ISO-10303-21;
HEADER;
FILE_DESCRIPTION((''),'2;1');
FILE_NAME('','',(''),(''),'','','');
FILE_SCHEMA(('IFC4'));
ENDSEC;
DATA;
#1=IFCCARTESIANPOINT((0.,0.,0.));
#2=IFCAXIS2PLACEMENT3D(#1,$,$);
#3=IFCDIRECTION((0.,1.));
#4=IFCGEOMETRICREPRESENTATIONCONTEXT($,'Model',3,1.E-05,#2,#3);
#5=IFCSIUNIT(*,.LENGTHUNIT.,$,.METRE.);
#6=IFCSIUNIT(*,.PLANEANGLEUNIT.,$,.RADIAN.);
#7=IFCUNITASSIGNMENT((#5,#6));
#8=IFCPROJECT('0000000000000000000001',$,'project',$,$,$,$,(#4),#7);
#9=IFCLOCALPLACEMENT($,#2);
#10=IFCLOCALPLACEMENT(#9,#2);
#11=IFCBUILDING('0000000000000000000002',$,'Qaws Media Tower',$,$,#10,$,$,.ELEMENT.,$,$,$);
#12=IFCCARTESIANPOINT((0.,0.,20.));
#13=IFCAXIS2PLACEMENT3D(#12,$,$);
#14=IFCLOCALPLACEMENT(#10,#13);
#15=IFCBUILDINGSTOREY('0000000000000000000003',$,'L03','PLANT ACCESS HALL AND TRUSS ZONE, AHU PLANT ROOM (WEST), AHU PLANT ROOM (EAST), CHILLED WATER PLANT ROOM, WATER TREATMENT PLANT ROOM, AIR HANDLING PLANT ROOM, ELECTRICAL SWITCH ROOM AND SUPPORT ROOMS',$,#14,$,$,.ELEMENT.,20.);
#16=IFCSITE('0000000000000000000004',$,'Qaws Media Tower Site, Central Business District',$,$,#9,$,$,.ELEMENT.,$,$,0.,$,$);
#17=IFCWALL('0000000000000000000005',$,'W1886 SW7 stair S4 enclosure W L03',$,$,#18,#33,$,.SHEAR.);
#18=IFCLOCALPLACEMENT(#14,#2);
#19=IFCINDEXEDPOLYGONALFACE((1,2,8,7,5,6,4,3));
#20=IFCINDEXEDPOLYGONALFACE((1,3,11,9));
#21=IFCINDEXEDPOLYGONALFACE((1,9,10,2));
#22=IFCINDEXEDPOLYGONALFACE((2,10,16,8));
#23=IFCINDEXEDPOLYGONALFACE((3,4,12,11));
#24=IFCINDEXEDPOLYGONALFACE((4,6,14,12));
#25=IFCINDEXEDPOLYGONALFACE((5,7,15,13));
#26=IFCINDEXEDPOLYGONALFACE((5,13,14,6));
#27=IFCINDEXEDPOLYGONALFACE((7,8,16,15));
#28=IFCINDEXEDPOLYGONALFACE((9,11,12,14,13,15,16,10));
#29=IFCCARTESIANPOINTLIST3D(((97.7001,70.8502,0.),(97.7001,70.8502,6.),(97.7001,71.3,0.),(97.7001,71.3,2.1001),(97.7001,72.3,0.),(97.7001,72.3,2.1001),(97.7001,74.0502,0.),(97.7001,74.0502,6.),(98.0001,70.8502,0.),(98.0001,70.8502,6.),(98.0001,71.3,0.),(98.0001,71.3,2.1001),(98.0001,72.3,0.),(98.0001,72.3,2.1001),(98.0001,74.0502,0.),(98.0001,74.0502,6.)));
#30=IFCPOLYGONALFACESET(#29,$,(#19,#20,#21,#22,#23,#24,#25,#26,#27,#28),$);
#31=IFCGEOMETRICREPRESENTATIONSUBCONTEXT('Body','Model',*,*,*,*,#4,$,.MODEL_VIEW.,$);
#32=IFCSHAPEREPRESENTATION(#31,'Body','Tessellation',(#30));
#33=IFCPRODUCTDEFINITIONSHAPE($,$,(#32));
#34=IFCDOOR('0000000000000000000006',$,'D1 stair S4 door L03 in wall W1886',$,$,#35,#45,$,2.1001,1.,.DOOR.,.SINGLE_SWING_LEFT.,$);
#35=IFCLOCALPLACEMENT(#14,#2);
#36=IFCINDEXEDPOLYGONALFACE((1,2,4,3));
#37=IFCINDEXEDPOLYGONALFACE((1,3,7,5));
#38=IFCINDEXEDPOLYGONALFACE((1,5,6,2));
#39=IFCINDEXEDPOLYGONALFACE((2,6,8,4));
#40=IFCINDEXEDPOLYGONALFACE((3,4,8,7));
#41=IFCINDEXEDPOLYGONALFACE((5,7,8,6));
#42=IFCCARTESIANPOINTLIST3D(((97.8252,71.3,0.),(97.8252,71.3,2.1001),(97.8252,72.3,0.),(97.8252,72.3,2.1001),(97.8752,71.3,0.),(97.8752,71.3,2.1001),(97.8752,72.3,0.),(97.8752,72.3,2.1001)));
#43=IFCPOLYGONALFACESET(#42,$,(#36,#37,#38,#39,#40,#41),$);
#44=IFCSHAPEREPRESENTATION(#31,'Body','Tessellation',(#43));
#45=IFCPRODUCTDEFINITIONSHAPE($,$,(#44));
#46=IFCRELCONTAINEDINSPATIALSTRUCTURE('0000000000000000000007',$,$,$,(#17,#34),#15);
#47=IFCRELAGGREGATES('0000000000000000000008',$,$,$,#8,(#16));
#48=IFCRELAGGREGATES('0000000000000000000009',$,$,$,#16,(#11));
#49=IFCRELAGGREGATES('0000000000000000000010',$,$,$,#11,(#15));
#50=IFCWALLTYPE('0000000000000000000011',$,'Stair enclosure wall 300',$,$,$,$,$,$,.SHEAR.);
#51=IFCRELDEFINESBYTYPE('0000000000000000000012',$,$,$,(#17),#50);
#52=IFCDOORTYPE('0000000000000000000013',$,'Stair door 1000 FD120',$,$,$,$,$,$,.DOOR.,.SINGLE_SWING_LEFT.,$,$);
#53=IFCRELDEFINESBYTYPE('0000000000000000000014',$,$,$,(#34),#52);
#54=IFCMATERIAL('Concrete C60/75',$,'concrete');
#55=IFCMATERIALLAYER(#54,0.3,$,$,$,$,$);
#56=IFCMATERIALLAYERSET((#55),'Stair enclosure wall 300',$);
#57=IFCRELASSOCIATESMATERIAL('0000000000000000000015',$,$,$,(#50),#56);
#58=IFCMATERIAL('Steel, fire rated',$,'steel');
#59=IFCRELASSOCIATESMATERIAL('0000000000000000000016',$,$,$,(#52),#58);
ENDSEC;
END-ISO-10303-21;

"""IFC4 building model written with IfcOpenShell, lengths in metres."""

from ifc_helpers import new_model, si_unit, direction, frame, frame_2d, origin, place, context, subcontext, project, spatial, rectangle, extrude, material, layer, layer_set, type_object, element, fill, save


model = new_model("IFC4")

# Units and contexts
model_context = context("Model", 3, precision=1e-05, world=origin(), true_north=direction((0.0, 1.0)))
body_context = subcontext(model_context, "Body", "Model", "MODEL_VIEW")
ifc_project = project(units=[si_unit("LENGTHUNIT", "METRE"), si_unit("PLANEANGLEUNIT", "RADIAN")], contexts=[model_context])

# Site, building, storey
site_placement = place(None, origin())
site = spatial("IfcSite", under=ifc_project, at=site_placement, Name="Qaws Media Tower Site, Central Business District", CompositionType="ELEMENT", RefElevation=0.0)
building_placement = place(site_placement, origin())
building = spatial("IfcBuilding", under=site, at=building_placement, Name="Qaws Media Tower", CompositionType="ELEMENT")
storey_placement = place(building_placement, frame((0.0, 0.0, 20.0)))
storey = spatial("IfcBuildingStorey", under=building, at=storey_placement, Name="L03", Description="PLANT ACCESS HALL AND TRUSS ZONE, AHU PLANT ROOM (WEST), AHU PLANT ROOM (EAST), CHILLED WATER PLANT ROOM, WATER TREATMENT PLANT ROOM, AIR HANDLING PLANT ROOM, ELECTRICAL SWITCH ROOM AND SUPPORT ROOMS", CompositionType="ELEMENT", Elevation=20.0)

# Shared definitions
ifc_material_1 = material(Name="Concrete C60/75", Category="concrete")
ifc_layer_1 = layer(ifc_material_1, 0.3)
ifc_layer_set_1 = layer_set([ifc_layer_1], Name="Stair enclosure wall 300")
wall_type_1 = type_object("IfcWallType", Name="Stair enclosure wall 300", PredefinedType="SHEAR", material=ifc_layer_set_1)

# Wall, opening, door
wall_1_placement = place(storey_placement, frame((97.8501, 70.8501, 0.0), z_axis=(0.0, 0.0, 1.0), x_axis=(0.0, 1.0, 0.0)))
wall_1 = element("IfcWall", 1, at=wall_1_placement, inside=storey, type_object=wall_type_1, Name="W1886 SW7 stair S4 enclosure W L03", PredefinedType="SHEAR", context=body_context, shape_type="SweptSolid", body=[
    extrude(rectangle(XDim=3.2, YDim=0.3, at=frame_2d((1.6001, 0.0))), origin(), (0.0, 0.0, 1.0), 6.0),
])
opening_1_placement = place(wall_1_placement, frame((0.45, 0.0, 0.0)))
opening_1 = element("IfcOpeningElement", 2, at=opening_1_placement, cuts=wall_1, PredefinedType="OPENING", context=body_context, shape_type="SweptSolid", body=[
    extrude(rectangle(XDim=1.0, YDim=2.1001, at=frame_2d((0.5, 1.05))), frame((0.0, 0.1599, 0.0), z_axis=(0.0, -1.0, 0.0), x_axis=(1.0, 0.0, 0.0)), (0.0, 0.0, 1.0), 0.3201),
])
ifc_material_2 = material(Name="Steel, fire rated", Category="steel")
door_type = type_object("IfcDoorType", Name="Stair door 1000 FD120", OperationType="SINGLE_SWING_LEFT", PredefinedType="DOOR", material=ifc_material_2)
door_placement = place(opening_1_placement, origin())
door = element("IfcDoor", 3, at=door_placement, inside=storey, type_object=door_type, Name="D1 stair S4 door L03 in wall W1886", OperationType="SINGLE_SWING_LEFT", OverallHeight=2.1001, OverallWidth=1.0, PredefinedType="DOOR", context=body_context, shape_type="SweptSolid", body=[
    extrude(rectangle(XDim=1.0, YDim=2.1001, at=frame_2d((0.5, 1.05))), frame((0.0, 0.0249, 0.0), z_axis=(0.0, -1.0, 0.0), x_axis=(1.0, 0.0, 0.0)), (0.0, 0.0, 1.0), 0.05),
])
fill(opening_1, door)

save(model, "model.ifc")
